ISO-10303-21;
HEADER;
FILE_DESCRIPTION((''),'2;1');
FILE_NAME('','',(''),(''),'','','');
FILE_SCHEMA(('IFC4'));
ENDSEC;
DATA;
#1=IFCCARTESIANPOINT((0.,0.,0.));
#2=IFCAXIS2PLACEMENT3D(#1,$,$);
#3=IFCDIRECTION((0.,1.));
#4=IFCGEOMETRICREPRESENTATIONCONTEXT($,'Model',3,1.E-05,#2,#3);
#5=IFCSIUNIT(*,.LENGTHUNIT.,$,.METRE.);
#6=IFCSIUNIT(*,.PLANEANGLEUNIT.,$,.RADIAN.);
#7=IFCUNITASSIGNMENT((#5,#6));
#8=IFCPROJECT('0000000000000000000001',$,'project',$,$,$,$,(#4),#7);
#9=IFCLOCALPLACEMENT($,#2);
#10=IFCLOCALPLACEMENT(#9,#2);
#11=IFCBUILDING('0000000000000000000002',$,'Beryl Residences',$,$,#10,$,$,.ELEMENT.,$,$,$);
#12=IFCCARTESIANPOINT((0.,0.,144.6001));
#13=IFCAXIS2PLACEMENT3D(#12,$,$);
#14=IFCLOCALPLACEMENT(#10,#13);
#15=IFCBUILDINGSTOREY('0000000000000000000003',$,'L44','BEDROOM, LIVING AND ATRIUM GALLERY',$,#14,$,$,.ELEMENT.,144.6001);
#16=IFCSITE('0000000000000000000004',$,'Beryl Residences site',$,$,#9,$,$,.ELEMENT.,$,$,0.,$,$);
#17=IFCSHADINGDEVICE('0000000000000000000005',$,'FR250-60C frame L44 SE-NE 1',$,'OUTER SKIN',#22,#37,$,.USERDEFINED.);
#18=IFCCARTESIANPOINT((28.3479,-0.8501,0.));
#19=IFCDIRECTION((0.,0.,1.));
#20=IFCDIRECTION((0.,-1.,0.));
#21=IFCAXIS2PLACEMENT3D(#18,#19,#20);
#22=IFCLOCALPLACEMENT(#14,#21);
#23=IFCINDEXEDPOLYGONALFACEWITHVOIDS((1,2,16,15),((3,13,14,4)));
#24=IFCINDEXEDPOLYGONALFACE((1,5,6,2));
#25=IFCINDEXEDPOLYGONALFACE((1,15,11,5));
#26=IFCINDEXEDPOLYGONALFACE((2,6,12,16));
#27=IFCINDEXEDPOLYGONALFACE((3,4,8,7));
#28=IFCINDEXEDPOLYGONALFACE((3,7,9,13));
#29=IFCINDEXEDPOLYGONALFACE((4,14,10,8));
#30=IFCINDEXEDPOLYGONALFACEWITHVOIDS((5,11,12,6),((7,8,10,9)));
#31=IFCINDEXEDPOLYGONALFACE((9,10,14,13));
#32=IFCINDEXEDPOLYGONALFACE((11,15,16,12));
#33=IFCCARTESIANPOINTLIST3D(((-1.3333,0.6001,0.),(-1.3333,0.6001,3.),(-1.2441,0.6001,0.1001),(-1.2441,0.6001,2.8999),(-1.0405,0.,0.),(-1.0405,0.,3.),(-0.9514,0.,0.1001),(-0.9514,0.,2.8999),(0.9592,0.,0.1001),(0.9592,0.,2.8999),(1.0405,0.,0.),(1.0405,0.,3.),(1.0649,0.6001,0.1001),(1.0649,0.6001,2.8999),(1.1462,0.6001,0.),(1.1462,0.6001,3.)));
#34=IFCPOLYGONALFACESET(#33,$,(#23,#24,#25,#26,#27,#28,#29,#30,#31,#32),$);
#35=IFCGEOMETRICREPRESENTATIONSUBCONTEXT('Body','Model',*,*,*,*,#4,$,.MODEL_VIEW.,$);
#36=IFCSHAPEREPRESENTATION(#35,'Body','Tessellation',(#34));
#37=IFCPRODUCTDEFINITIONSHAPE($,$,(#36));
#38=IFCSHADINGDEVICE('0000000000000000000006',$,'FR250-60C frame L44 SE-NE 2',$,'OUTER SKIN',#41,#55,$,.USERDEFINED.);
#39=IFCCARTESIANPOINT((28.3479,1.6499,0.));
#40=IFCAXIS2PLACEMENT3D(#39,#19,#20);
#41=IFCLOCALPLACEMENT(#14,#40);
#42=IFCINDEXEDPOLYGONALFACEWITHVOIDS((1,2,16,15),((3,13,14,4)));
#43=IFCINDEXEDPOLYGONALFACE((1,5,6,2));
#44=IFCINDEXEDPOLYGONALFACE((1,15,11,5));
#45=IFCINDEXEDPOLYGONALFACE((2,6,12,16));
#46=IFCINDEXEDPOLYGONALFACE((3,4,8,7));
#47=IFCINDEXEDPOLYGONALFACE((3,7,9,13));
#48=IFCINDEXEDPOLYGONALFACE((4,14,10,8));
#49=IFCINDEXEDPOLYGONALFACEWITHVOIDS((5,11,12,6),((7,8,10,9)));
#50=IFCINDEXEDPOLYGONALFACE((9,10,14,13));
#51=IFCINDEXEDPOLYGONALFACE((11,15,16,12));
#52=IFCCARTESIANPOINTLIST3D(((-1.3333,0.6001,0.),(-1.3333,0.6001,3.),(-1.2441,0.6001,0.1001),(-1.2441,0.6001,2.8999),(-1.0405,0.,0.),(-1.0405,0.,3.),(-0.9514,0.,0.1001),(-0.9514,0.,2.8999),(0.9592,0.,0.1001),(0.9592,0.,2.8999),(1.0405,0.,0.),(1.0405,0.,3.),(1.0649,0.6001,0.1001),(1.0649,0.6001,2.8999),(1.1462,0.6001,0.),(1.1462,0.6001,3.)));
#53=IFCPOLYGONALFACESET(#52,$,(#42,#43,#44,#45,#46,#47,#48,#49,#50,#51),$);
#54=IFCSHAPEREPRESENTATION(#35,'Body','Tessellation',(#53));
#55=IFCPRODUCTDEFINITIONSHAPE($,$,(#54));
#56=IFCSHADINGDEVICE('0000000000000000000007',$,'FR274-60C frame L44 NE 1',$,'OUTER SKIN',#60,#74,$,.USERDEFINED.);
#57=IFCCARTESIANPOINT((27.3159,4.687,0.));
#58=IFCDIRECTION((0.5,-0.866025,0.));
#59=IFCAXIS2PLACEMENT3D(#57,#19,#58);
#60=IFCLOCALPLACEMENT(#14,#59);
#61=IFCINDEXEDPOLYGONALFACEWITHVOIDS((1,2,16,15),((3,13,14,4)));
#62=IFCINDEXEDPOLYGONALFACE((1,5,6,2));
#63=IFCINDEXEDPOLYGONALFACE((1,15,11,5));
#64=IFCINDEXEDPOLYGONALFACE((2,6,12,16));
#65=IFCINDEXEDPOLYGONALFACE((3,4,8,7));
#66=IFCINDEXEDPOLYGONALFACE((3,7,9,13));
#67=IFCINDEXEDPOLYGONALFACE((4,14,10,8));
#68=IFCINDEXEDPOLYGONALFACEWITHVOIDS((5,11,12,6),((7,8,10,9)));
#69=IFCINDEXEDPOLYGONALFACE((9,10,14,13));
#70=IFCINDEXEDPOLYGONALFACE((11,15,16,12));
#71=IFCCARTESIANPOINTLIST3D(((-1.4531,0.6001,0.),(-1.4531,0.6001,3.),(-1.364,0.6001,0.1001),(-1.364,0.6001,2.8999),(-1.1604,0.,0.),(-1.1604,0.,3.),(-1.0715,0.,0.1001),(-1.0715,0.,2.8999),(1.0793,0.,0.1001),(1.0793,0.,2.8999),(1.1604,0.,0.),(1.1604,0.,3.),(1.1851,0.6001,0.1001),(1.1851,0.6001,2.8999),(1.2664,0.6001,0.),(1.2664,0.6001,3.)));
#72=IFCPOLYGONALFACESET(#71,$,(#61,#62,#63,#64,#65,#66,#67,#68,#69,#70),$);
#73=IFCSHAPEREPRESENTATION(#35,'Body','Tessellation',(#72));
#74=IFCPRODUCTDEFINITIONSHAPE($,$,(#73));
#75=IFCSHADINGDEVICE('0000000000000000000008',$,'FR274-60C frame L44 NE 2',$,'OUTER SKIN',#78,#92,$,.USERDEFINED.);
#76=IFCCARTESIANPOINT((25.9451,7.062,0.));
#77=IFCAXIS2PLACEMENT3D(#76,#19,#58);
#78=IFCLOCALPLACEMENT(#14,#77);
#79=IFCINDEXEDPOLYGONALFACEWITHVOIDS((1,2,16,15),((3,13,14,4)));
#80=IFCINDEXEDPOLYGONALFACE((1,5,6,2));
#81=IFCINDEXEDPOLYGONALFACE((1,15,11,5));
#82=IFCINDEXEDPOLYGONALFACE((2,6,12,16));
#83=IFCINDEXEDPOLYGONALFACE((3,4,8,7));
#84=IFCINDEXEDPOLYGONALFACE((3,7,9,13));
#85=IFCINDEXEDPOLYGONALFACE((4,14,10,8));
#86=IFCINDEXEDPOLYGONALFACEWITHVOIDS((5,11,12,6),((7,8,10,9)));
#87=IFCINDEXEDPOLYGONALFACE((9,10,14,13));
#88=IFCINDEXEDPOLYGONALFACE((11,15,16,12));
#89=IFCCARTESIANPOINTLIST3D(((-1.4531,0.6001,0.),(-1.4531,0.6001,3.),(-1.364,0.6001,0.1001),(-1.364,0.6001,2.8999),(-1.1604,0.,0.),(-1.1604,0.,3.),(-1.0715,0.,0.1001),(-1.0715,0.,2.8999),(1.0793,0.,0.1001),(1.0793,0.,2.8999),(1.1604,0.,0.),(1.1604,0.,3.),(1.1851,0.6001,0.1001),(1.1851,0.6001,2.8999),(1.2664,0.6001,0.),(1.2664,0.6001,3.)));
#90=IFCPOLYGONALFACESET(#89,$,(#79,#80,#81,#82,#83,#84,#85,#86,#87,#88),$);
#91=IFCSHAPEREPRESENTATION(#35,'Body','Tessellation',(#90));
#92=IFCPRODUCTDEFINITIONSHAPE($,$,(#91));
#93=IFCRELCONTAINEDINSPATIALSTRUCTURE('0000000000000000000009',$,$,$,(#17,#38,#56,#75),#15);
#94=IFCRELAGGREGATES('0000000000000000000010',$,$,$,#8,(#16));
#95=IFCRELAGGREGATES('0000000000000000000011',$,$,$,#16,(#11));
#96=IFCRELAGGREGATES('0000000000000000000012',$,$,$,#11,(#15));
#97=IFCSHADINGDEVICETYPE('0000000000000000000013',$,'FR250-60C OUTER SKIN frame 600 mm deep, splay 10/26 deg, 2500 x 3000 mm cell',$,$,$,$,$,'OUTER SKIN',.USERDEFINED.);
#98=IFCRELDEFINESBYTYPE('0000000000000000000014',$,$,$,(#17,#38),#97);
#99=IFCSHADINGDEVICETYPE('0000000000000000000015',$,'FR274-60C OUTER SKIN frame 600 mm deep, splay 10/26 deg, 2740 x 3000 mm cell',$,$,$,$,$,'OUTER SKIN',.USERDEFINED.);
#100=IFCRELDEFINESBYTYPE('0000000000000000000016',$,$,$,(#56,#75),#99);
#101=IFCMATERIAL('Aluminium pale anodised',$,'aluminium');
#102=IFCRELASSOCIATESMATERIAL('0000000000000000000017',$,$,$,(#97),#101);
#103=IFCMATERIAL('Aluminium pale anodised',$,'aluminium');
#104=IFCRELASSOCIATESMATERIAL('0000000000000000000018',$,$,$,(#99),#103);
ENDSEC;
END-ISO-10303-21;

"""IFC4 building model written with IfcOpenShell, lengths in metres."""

from ifc_helpers import new_model, entity, si_unit, direction, frame, origin, place, context, subcontext, project, spatial, source, transform, mapped, material, type_object, type_shapes, element, save


model = new_model("IFC4")

# Units and contexts
model_context = context("Model", 3, precision=1e-05, world=origin(), true_north=direction((0.0, 1.0)))
body_context = subcontext(model_context, "Body", "Model", "MODEL_VIEW")
ifc_project = project(units=[si_unit("LENGTHUNIT", "METRE"), si_unit("PLANEANGLEUNIT", "RADIAN")], contexts=[model_context])

# Site, building, storey
site_placement = place(None, origin())
site = spatial("IfcSite", under=ifc_project, at=site_placement, Name="Beryl Residences site", CompositionType="ELEMENT", RefElevation=0.0)
building_placement = place(site_placement, origin())
building = spatial("IfcBuilding", under=site, at=building_placement, Name="Beryl Residences", CompositionType="ELEMENT")
storey_placement = place(building_placement, frame((0.0, 0.0, 144.6001)))
storey = spatial("IfcBuildingStorey", under=building, at=storey_placement, Name="L44", Description="BEDROOM, LIVING AND ATRIUM GALLERY", CompositionType="ELEMENT", Elevation=144.6001)

# Shading devices
ifc_material_1 = material(Name="Aluminium pale anodised", Category="aluminium")
shading_device_type_1 = type_object("IfcShadingDeviceType", Name="FR250-60C OUTER SKIN frame 600 mm deep, splay 10/26 deg, 2500 x 3000 mm cell", ElementType="OUTER SKIN", PredefinedType="USERDEFINED", material=ifc_material_1)
cartesian_point_1 = entity("IfcCartesianPoint", [-1.0405, 0.0])
cartesian_point_2 = entity("IfcCartesianPoint", [-0.9592, 0.1001])
cartesian_point_3 = entity("IfcCartesianPoint", [-1.1462, 0.0])
cartesian_point_4 = entity("IfcCartesianPoint", [-1.0649, 0.1001])
shared_shape_1 = source(origin(), body_context, "Body", "SweptSolid", [
    entity("IfcExtrudedAreaSolidTapered", entity("IfcArbitraryProfileDefWithVoids", "AREA", None, entity("IfcPolyline", [cartesian_point_1, entity("IfcCartesianPoint", [1.0405, 0.0]), entity("IfcCartesianPoint", [1.0405, 3.0]), entity("IfcCartesianPoint", [-1.0405, 3.0]), cartesian_point_1]), [entity("IfcPolyline", [cartesian_point_2, entity("IfcCartesianPoint", [0.9514, 0.1001]), entity("IfcCartesianPoint", [0.9514, 2.8999]), entity("IfcCartesianPoint", [-0.9592, 2.8999]), cartesian_point_2])]), entity("IfcAxis2Placement3D", entity("IfcCartesianPoint", [0.0, 0.0, 0.0]), entity("IfcDirection", [0.0, 1.0, 0.0]), entity("IfcDirection", [-1.0, 0.0, 0.0])), entity("IfcDirection", [0.0, 0.0, 1.0]), 0.6001, entity("IfcArbitraryProfileDefWithVoids", "AREA", None, entity("IfcPolyline", [cartesian_point_3, entity("IfcCartesianPoint", [1.3333, 0.0]), entity("IfcCartesianPoint", [1.3333, 3.0]), entity("IfcCartesianPoint", [-1.1462, 3.0]), cartesian_point_3]), [entity("IfcPolyline", [cartesian_point_4, entity("IfcCartesianPoint", [1.2441, 0.1001]), entity("IfcCartesianPoint", [1.2441, 2.8999]), entity("IfcCartesianPoint", [-1.0649, 2.8999]), cartesian_point_4])])),
])
type_shapes(shading_device_type_1, [shared_shape_1])
for number, where, z_axis, x_axis, name in (
    (1, (28.3479, -0.8501, 0.0), (0.0, 0.0, 1.0), (0.0, -1.0, 0.0), "FR250-60C frame L44 SE-NE 1"),
    (2, (28.3479, 1.6499, 0.0), (0.0, 0.0, 1.0), (0.0, -1.0, 0.0), "FR250-60C frame L44 SE-NE 2"),
):
    element("IfcShadingDevice", number, at=place(storey_placement, frame(where, z_axis=z_axis, x_axis=x_axis)), inside=storey, type_object=shading_device_type_1, Name=name, ObjectType="OUTER SKIN", PredefinedType="USERDEFINED", context=body_context, shape_type="MappedRepresentation", body=[
        mapped(shared_shape_1, transform((0.0, 0.0, 0.0))),
    ])
ifc_material_2 = material(Name="Aluminium pale anodised", Category="aluminium")
shading_device_type_2 = type_object("IfcShadingDeviceType", Name="FR274-60C OUTER SKIN frame 600 mm deep, splay 10/26 deg, 2740 x 3000 mm cell", ElementType="OUTER SKIN", PredefinedType="USERDEFINED", material=ifc_material_2)
cartesian_point_5 = entity("IfcCartesianPoint", [-1.1604, 0.0])
cartesian_point_6 = entity("IfcCartesianPoint", [-1.0793, 0.1001])
cartesian_point_7 = entity("IfcCartesianPoint", [-1.2664, 0.0])
cartesian_point_8 = entity("IfcCartesianPoint", [-1.1851, 0.1001])
shared_shape_2 = source(origin(), body_context, "Body", "SweptSolid", [
    entity("IfcExtrudedAreaSolidTapered", entity("IfcArbitraryProfileDefWithVoids", "AREA", None, entity("IfcPolyline", [cartesian_point_5, entity("IfcCartesianPoint", [1.1604, 0.0]), entity("IfcCartesianPoint", [1.1604, 3.0]), entity("IfcCartesianPoint", [-1.1604, 3.0]), cartesian_point_5]), [entity("IfcPolyline", [cartesian_point_6, entity("IfcCartesianPoint", [1.0715, 0.1001]), entity("IfcCartesianPoint", [1.0715, 2.8999]), entity("IfcCartesianPoint", [-1.0793, 2.8999]), cartesian_point_6])]), entity("IfcAxis2Placement3D", entity("IfcCartesianPoint", [0.0, 0.0, 0.0]), entity("IfcDirection", [0.0, 1.0, 0.0]), entity("IfcDirection", [-1.0, 0.0, 0.0])), entity("IfcDirection", [0.0, 0.0, 1.0]), 0.6001, entity("IfcArbitraryProfileDefWithVoids", "AREA", None, entity("IfcPolyline", [cartesian_point_7, entity("IfcCartesianPoint", [1.4531, 0.0]), entity("IfcCartesianPoint", [1.4531, 3.0]), entity("IfcCartesianPoint", [-1.2664, 3.0]), cartesian_point_7]), [entity("IfcPolyline", [cartesian_point_8, entity("IfcCartesianPoint", [1.364, 0.1001]), entity("IfcCartesianPoint", [1.364, 2.8999]), entity("IfcCartesianPoint", [-1.1851, 2.8999]), cartesian_point_8])])),
])
type_shapes(shading_device_type_2, [shared_shape_2])
for number, where, z_axis, x_axis, name in (
    (3, (27.3159, 4.687, 0.0), (0.0, 0.0, 1.0), (0.5, -0.866025, 0.0), "FR274-60C frame L44 NE 1"),
    (4, (25.9451, 7.062, 0.0), (0.0, 0.0, 1.0), (0.5, -0.866025, 0.0), "FR274-60C frame L44 NE 2"),
):
    element("IfcShadingDevice", number, at=place(storey_placement, frame(where, z_axis=z_axis, x_axis=x_axis)), inside=storey, type_object=shading_device_type_2, Name=name, ObjectType="OUTER SKIN", PredefinedType="USERDEFINED", context=body_context, shape_type="MappedRepresentation", body=[
        mapped(shared_shape_2, transform((0.0, 0.0, 0.0))),
    ])

save(model, "model.ifc")
